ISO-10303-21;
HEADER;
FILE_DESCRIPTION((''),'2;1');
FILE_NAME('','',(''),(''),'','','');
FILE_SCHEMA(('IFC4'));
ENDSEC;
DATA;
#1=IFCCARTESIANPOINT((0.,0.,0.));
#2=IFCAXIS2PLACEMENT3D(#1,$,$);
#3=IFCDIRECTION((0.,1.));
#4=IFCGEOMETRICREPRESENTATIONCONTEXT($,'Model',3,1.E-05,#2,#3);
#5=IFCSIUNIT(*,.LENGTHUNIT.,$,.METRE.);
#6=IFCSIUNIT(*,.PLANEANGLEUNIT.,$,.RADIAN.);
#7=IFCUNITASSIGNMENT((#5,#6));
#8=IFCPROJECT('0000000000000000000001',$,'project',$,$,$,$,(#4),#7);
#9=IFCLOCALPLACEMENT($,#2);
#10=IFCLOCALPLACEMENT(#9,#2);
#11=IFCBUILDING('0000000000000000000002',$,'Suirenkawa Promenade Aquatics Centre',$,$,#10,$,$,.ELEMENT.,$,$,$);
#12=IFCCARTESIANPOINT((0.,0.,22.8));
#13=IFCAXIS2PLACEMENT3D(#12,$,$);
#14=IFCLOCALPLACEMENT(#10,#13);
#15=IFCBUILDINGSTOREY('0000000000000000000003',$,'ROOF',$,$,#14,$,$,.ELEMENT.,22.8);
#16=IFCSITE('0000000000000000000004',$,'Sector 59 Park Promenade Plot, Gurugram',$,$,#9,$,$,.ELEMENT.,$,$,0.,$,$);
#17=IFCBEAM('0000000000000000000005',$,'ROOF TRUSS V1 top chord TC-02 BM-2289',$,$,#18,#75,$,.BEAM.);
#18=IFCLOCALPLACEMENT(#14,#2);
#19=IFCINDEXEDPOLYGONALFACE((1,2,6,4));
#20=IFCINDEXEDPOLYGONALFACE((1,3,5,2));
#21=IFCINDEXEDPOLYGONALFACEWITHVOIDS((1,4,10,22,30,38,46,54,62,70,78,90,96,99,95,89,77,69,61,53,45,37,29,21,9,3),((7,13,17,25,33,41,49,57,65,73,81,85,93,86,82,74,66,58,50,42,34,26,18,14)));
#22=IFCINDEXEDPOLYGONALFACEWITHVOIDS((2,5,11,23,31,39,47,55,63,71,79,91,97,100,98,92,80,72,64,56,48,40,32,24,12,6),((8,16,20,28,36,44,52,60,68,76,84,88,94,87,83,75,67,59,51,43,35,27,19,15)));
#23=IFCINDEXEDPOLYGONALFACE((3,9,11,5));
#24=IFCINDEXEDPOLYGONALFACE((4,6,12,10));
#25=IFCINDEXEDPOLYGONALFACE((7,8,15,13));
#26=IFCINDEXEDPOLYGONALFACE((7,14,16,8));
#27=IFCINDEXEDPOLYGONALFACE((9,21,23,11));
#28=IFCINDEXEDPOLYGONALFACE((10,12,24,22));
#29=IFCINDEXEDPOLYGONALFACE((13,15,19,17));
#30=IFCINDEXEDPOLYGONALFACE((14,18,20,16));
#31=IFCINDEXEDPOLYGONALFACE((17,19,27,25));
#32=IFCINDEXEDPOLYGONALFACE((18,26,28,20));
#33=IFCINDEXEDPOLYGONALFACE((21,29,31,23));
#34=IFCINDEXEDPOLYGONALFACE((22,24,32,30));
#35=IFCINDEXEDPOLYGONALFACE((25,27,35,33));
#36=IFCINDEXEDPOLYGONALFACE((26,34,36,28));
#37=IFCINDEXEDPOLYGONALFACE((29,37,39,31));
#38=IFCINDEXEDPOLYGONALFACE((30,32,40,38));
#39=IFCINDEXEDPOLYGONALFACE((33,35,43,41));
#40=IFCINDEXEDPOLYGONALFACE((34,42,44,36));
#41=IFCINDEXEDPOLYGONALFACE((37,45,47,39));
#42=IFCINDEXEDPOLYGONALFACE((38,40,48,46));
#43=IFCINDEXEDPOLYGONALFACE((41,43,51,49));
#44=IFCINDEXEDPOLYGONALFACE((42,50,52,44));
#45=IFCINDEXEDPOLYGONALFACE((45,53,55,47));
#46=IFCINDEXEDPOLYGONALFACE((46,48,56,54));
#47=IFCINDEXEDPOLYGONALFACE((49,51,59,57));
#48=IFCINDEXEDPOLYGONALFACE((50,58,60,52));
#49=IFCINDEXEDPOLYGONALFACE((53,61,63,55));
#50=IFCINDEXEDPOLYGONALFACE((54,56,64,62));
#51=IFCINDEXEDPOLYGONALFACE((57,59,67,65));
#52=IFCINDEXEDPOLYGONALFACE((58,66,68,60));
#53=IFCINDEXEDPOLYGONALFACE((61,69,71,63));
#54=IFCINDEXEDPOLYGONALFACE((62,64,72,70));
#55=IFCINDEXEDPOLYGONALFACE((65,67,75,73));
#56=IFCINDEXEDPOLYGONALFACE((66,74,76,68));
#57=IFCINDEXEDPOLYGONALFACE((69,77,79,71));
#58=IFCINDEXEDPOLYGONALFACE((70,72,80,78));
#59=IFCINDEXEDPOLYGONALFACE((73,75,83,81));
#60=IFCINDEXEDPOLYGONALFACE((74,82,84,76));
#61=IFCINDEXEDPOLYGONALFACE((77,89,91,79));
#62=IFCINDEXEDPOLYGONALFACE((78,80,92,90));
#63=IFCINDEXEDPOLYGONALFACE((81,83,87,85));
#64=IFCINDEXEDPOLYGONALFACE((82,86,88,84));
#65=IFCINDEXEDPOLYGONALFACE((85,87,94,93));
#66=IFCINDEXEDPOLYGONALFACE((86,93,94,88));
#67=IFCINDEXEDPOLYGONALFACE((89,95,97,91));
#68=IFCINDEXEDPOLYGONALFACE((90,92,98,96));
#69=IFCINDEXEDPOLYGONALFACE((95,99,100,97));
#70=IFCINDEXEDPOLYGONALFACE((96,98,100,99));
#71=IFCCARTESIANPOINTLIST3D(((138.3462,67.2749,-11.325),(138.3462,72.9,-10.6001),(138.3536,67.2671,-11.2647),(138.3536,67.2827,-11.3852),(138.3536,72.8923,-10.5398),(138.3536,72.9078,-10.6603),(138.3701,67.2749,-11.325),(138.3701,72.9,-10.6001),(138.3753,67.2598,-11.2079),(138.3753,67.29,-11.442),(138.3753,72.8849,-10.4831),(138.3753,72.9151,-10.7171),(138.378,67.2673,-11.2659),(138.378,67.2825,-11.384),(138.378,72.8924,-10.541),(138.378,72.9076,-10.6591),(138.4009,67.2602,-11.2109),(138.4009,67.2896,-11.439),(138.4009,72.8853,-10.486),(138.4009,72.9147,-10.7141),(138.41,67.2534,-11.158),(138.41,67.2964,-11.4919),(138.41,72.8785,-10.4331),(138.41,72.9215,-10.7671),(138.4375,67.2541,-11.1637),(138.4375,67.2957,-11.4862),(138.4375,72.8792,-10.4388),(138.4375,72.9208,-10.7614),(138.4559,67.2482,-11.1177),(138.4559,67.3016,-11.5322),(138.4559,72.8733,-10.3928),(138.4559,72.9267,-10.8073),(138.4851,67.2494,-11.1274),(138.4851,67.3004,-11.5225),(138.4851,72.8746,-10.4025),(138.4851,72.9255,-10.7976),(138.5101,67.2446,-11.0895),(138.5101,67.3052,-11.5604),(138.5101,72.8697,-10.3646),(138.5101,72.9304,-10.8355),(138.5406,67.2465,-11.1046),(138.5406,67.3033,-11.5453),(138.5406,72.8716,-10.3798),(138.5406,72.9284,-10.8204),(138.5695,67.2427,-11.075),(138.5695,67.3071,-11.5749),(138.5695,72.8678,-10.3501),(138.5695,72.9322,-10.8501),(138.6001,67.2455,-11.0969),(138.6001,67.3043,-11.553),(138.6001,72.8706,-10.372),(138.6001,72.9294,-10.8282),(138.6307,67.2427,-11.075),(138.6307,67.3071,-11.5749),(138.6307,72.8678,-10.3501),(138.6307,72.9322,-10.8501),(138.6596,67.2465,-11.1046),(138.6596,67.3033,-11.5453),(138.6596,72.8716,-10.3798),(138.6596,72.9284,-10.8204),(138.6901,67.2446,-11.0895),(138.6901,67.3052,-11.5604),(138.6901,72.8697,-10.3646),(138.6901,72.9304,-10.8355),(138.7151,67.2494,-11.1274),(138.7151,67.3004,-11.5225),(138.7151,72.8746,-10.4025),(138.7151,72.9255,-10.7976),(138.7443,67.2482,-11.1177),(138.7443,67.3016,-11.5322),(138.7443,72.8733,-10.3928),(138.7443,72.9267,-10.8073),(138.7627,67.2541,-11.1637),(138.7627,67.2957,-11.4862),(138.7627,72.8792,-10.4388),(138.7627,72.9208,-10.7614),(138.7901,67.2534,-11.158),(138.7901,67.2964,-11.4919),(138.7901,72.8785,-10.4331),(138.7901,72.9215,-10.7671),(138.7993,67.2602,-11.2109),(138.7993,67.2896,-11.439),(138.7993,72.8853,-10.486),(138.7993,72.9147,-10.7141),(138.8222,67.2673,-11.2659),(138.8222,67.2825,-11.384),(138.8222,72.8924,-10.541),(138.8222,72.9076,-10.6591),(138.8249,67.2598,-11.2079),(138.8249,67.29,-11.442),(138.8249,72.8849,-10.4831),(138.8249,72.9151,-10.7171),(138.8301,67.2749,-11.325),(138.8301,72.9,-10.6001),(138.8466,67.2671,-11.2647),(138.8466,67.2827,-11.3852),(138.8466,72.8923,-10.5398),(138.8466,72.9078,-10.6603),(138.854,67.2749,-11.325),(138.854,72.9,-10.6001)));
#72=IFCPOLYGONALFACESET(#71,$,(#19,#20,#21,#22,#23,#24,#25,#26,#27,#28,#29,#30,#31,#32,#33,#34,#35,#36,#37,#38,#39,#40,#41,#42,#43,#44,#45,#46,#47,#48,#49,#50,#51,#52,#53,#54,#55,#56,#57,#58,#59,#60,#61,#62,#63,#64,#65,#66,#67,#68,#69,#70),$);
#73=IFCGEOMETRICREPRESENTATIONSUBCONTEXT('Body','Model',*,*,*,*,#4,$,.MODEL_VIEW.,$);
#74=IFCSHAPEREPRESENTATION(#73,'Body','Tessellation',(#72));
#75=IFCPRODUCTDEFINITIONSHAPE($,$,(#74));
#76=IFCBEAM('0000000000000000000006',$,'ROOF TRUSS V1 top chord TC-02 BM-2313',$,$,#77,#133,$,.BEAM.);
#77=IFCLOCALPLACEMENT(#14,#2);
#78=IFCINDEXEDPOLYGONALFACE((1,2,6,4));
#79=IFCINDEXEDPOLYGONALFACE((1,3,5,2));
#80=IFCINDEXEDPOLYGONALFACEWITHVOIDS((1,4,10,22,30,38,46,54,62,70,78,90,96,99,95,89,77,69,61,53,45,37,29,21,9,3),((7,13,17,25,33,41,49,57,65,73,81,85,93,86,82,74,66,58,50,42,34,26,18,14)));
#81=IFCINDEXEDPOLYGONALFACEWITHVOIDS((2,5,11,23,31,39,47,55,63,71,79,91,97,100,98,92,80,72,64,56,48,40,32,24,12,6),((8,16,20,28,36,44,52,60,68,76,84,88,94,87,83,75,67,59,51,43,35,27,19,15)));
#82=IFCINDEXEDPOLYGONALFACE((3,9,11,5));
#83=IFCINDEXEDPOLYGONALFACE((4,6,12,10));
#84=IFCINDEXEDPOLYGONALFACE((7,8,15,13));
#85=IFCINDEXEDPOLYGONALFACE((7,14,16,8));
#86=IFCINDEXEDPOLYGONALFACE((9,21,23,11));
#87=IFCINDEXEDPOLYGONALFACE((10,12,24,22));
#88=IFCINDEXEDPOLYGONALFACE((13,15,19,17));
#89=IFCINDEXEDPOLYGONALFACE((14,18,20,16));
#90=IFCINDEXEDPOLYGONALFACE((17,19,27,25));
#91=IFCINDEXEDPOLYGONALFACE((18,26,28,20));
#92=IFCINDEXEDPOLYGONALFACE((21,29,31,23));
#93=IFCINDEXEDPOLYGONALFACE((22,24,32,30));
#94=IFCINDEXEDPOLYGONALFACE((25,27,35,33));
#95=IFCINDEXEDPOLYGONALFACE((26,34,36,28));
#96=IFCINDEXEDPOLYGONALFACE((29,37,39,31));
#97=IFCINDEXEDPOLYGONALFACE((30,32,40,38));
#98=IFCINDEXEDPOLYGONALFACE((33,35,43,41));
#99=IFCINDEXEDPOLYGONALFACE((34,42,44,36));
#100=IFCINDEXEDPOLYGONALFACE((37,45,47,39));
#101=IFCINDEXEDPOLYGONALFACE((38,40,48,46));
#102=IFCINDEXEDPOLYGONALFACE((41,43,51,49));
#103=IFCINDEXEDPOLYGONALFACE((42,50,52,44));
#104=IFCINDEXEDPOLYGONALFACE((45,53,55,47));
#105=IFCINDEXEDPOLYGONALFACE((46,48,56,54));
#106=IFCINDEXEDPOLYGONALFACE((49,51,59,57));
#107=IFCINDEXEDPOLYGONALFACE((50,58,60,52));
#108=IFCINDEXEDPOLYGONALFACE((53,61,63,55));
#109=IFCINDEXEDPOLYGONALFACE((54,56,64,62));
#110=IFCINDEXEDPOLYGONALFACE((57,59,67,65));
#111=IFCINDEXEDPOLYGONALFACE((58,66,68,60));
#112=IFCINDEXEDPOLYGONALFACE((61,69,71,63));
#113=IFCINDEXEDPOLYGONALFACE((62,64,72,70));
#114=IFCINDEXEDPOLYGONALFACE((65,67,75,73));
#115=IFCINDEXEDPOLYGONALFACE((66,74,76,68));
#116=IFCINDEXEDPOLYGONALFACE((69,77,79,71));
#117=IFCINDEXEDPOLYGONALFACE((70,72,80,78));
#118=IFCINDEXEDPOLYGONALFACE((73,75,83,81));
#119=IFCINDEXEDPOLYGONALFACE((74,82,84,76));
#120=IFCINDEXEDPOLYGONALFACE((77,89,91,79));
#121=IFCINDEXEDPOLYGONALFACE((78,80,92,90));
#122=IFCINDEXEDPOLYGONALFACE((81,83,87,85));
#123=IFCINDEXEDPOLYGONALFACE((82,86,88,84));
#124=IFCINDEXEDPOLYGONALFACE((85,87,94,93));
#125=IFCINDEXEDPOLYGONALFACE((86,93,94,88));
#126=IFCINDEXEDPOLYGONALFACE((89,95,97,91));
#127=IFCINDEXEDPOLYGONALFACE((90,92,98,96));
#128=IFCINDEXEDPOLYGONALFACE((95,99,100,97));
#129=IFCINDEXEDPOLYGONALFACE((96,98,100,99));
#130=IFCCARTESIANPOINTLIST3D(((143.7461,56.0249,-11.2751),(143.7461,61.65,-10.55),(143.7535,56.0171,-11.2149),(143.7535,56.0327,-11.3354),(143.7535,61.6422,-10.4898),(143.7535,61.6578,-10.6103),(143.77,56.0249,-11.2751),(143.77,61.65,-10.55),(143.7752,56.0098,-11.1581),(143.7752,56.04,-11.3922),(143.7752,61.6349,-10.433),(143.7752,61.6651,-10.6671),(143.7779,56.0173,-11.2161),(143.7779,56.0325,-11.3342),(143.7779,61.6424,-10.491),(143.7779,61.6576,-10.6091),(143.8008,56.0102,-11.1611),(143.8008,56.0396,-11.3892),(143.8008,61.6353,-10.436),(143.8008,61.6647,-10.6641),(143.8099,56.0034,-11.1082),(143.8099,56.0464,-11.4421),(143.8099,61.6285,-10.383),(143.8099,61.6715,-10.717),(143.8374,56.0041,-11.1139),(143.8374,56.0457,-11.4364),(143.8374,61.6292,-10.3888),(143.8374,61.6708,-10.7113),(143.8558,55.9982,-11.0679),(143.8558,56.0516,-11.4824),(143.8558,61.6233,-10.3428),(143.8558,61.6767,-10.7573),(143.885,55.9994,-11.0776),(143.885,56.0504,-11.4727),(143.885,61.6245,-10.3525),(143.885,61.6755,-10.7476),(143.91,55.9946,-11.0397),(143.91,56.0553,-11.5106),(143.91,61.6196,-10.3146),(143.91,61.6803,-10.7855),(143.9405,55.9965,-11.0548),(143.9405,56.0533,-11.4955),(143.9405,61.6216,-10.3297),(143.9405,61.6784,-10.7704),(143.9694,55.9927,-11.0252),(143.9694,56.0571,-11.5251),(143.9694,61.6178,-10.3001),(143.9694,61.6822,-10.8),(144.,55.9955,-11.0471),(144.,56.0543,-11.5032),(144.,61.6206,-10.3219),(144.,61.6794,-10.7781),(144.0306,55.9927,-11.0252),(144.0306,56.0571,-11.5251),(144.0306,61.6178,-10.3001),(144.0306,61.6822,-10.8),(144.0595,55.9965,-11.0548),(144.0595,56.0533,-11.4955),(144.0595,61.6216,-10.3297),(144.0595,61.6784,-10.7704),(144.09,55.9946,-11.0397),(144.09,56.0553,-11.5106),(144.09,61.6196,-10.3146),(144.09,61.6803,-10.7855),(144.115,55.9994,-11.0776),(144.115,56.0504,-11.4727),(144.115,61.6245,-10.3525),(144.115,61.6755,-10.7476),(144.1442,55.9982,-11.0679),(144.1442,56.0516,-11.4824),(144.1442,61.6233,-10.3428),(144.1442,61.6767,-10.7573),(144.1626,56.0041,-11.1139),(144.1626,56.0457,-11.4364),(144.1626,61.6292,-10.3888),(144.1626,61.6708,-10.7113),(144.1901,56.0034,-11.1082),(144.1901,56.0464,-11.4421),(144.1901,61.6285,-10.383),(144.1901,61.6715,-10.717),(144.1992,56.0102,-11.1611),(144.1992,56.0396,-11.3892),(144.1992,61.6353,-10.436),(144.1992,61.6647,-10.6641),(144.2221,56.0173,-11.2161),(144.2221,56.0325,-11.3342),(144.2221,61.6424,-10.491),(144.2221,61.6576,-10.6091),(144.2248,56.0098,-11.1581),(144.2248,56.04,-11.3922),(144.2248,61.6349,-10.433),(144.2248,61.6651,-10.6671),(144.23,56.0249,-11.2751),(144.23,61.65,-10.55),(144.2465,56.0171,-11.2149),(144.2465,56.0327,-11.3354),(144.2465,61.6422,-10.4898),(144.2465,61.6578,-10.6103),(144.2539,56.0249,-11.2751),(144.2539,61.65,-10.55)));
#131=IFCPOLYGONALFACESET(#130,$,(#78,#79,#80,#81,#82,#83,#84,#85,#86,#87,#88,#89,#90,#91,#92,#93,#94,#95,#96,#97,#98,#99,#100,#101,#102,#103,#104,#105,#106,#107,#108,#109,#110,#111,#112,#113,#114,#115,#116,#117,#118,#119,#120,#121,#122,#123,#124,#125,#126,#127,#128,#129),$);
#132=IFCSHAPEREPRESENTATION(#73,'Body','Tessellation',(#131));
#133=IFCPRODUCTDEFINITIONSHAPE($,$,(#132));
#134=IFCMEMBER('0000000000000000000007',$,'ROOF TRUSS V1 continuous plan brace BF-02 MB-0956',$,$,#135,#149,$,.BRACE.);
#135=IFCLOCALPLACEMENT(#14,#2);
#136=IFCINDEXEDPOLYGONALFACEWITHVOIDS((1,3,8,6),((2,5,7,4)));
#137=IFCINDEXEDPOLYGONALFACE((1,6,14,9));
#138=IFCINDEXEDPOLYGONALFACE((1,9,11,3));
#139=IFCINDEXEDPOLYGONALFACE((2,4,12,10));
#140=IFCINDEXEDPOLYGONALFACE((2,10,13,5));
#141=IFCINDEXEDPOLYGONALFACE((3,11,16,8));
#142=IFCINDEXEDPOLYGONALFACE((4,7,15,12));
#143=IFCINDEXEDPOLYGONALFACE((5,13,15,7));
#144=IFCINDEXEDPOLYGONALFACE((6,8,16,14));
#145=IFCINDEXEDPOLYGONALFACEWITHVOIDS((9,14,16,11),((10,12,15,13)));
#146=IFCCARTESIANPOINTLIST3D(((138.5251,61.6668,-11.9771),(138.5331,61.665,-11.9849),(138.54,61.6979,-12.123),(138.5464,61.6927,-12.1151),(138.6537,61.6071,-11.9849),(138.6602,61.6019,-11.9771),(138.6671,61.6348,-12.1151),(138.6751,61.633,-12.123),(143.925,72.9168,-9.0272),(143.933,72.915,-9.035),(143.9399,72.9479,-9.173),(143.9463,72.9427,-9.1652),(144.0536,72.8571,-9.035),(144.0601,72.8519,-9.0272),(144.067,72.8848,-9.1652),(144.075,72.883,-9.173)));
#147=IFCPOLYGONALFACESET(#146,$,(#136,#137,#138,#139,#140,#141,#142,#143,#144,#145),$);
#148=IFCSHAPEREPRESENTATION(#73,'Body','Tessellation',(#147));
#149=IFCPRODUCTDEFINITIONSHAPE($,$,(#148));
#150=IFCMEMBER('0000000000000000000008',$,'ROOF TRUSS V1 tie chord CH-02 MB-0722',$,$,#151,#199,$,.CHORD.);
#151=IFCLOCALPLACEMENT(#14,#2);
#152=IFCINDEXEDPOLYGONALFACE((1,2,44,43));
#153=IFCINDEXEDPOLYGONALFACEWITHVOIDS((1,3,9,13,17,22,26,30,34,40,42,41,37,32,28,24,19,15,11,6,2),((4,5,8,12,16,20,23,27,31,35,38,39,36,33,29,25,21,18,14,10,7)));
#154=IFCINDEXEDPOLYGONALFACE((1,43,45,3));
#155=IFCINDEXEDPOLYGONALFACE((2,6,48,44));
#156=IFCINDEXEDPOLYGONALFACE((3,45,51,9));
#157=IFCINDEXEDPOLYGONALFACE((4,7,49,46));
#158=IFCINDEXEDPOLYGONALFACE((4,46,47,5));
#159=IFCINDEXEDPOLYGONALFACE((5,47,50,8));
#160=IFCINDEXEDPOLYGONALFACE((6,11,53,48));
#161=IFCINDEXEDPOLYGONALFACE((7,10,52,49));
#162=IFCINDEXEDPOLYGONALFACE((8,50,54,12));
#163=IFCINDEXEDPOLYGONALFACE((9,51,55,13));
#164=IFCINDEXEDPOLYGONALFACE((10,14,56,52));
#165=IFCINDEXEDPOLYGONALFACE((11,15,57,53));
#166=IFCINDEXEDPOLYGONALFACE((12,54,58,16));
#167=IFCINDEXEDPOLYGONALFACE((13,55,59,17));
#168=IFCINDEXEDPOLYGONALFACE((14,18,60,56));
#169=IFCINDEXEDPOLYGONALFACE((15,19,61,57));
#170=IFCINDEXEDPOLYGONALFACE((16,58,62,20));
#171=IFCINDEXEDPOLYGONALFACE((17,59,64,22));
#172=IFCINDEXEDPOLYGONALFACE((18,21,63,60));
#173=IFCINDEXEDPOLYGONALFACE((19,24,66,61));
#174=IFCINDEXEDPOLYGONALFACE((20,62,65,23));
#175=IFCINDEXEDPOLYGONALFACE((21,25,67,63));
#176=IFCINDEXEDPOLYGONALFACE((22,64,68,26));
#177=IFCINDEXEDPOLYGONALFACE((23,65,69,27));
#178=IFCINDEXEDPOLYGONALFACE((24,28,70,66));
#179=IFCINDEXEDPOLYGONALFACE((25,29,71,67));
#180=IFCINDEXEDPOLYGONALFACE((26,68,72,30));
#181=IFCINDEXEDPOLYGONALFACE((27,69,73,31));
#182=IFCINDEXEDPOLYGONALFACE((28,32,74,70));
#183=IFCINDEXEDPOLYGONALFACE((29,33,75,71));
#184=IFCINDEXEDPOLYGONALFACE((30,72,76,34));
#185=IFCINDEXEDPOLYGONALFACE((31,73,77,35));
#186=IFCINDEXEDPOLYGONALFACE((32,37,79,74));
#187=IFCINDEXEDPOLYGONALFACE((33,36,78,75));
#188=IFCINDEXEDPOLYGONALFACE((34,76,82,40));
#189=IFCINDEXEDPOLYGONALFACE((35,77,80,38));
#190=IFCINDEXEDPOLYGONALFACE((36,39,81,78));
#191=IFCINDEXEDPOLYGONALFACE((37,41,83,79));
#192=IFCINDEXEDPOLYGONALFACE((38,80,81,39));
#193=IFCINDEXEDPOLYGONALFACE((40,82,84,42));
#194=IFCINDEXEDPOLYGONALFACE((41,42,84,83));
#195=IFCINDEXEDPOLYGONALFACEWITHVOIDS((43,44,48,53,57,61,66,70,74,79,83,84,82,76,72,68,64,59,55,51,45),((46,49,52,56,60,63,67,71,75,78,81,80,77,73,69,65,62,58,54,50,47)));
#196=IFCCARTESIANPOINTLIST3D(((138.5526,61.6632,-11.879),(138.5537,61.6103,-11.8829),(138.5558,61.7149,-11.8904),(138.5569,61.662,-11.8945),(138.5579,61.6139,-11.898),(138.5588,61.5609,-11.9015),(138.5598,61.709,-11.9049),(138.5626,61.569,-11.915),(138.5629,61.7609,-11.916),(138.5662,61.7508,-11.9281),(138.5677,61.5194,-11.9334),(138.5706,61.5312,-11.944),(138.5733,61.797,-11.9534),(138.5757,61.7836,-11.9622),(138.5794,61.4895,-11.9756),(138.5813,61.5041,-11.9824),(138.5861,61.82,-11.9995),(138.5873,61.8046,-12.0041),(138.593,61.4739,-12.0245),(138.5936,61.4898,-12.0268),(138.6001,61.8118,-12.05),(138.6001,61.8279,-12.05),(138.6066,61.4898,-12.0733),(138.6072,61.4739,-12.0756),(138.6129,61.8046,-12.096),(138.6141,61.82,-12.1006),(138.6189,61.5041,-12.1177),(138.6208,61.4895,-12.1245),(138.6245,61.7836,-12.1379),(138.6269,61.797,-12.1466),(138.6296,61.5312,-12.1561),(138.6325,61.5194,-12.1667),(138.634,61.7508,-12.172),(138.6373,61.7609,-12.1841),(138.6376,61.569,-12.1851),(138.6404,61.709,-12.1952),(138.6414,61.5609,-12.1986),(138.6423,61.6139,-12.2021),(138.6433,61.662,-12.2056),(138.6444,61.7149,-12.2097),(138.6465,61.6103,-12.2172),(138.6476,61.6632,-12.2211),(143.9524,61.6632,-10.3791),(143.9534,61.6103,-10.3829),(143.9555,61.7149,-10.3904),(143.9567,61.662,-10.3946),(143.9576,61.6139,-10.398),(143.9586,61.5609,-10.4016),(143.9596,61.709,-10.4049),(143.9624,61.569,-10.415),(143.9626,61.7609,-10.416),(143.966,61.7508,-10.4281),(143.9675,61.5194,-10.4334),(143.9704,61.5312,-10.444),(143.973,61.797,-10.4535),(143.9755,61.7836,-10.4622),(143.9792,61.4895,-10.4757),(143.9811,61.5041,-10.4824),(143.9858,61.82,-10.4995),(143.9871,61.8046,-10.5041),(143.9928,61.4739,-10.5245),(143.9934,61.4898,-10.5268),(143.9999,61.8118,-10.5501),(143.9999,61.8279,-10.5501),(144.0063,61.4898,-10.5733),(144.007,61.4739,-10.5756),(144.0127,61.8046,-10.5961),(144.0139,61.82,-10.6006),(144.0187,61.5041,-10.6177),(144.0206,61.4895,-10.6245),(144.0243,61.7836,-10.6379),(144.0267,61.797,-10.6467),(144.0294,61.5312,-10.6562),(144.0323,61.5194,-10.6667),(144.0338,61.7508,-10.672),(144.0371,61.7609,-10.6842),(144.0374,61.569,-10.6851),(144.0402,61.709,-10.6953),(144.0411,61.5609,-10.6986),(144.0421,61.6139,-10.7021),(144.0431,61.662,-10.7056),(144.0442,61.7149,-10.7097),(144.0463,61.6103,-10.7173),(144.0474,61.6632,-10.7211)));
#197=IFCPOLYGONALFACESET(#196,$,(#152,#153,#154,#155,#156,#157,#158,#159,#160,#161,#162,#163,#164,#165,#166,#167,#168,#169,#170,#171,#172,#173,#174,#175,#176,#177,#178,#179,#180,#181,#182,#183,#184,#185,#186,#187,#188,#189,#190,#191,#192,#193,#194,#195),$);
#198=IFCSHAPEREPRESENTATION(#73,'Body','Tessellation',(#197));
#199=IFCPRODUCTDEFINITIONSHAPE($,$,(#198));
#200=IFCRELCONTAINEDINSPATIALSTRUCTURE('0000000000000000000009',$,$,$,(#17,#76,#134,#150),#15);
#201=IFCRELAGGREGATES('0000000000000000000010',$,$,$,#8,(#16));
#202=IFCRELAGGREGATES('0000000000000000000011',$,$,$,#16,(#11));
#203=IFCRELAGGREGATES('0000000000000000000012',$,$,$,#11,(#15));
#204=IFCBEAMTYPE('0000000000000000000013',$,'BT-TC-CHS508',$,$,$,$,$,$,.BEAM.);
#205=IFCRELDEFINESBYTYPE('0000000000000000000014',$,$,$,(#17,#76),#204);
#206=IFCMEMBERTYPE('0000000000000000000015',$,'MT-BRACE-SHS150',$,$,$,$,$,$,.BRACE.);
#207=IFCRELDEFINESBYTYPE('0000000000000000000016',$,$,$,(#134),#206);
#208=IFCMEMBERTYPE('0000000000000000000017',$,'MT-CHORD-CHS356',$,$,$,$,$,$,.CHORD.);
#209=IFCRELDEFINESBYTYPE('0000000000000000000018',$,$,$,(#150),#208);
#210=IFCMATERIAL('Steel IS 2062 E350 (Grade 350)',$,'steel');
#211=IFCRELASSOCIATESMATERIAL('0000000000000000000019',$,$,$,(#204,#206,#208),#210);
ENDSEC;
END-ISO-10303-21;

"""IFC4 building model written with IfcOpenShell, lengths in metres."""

from ifc_helpers import new_model, si_unit, direction, frame, origin, origin_2d, place, context, subcontext, project, spatial, hollow_rectangle, hollow_circle, extrude, material, material_profile, profile_set, type_object, element, save


model = new_model("IFC4")

# Units and contexts
model_context = context("Model", 3, precision=1e-05, world=origin(), true_north=direction((0.0, 1.0)))
body_context = subcontext(model_context, "Body", "Model", "MODEL_VIEW")
ifc_project = project(units=[si_unit("LENGTHUNIT", "METRE"), si_unit("PLANEANGLEUNIT", "RADIAN")], contexts=[model_context])

# Site, building, storey
site_placement = place(None, origin())
site = spatial("IfcSite", under=ifc_project, at=site_placement, Name="Sector 59 Park Promenade Plot, Gurugram", CompositionType="ELEMENT", RefElevation=0.0)
building_placement = place(site_placement, origin())
building = spatial("IfcBuilding", under=site, at=building_placement, Name="Suirenkawa Promenade Aquatics Centre", CompositionType="ELEMENT")
storey_placement = place(building_placement, frame((0.0, 0.0, 22.8)))
storey = spatial("IfcBuildingStorey", under=building, at=storey_placement, Name="ROOF", CompositionType="ELEMENT", Elevation=22.8)

# Beams
ifc_material = material(Name="Steel IS 2062 E350 (Grade 350)", Category="steel")
ifc_material_profile_1 = material_profile(ifc_material, hollow_circle(Radius=0.2539, WallThickness=0.0239, at=origin_2d()), Name="CHS 508x24", Category="steel")
ifc_profile_set_1 = profile_set([ifc_material_profile_1], Name="Steel IS 2062 E350 (Grade 350)")
beam_type_1 = type_object("IfcBeamType", Name="BT-TC-CHS508", PredefinedType="BEAM", material=ifc_profile_set_1)
for number, where, z_axis, x_axis, name in (
    (1, (138.6001, 67.2749, -11.325), (0.0, 0.991799, 0.127806), (-1.0, 0.0, 0.0), "ROOF TRUSS V1 top chord TC-02 BM-2289"),
    (2, (144.0, 56.0249, -11.2751), (0.0, 0.991794, 0.127848), (-1.0, 0.0, 0.0), "ROOF TRUSS V1 top chord TC-02 BM-2313"),
):
    element("IfcBeam", number, at=place(storey_placement, frame(where, z_axis=z_axis, x_axis=x_axis)), inside=storey, type_object=beam_type_1, Name=name, PredefinedType="BEAM", context=body_context, shape_type="SweptSolid", body=[
        extrude(hollow_circle(Radius=0.2539, WallThickness=0.0239, at=origin_2d()), origin(), (0.0, 0.0, 1.0), 5.6716),
    ])

# Members
ifc_material_profile_2 = material_profile(ifc_material, hollow_rectangle(XDim=0.1499, YDim=0.1499, WallThickness=0.0081, at=origin_2d()), Name="SHS 150x150x8", Category="steel")
ifc_profile_set_2 = profile_set([ifc_material_profile_2], Name="Steel IS 2062 E350 (Grade 350)")
member_type_1 = type_object("IfcMemberType", Name="MT-BRACE-SHS150", PredefinedType="BRACE", material=ifc_profile_set_2)
member_1_placement = place(storey_placement, frame((138.6001, 61.6499, -12.05), z_axis=(0.421118, 0.877345, 0.230056), x_axis=(-0.901526, 0.432725, 0.0)))
element("IfcMember", 3, at=member_1_placement, inside=storey, type_object=member_type_1, Name="ROOF TRUSS V1 continuous plan brace BF-02 MB-0956", PredefinedType="BRACE", context=body_context, shape_type="SweptSolid", body=[
    extrude(hollow_rectangle(XDim=0.1499, YDim=0.1499, WallThickness=0.0081, at=origin_2d()), origin(), (0.0, 0.0, 1.0), 12.8228),
])
ifc_material_profile_3 = material_profile(ifc_material, hollow_circle(Radius=0.178, WallThickness=0.0161, at=origin_2d()), Name="CHS 356x16", Category="steel")
ifc_profile_set_3 = profile_set([ifc_material_profile_3], Name="Steel IS 2062 E350 (Grade 350)")
member_type_2 = type_object("IfcMemberType", Name="MT-CHORD-CHS356", PredefinedType="CHORD", material=ifc_profile_set_3)
member_2_placement = place(storey_placement, frame((138.6001, 61.6499, -12.05), z_axis=(0.963517, 0.0, 0.267648), x_axis=(0.0, 1.0, 0.0)))
element("IfcMember", 4, at=member_2_placement, inside=storey, type_object=member_type_2, Name="ROOF TRUSS V1 tie chord CH-02 MB-0722", PredefinedType="CHORD", context=body_context, shape_type="SweptSolid", body=[
    extrude(hollow_circle(Radius=0.178, WallThickness=0.0161, at=origin_2d()), origin(), (0.0, 0.0, 1.0), 5.6042),
])

save(model, "model.ifc")
